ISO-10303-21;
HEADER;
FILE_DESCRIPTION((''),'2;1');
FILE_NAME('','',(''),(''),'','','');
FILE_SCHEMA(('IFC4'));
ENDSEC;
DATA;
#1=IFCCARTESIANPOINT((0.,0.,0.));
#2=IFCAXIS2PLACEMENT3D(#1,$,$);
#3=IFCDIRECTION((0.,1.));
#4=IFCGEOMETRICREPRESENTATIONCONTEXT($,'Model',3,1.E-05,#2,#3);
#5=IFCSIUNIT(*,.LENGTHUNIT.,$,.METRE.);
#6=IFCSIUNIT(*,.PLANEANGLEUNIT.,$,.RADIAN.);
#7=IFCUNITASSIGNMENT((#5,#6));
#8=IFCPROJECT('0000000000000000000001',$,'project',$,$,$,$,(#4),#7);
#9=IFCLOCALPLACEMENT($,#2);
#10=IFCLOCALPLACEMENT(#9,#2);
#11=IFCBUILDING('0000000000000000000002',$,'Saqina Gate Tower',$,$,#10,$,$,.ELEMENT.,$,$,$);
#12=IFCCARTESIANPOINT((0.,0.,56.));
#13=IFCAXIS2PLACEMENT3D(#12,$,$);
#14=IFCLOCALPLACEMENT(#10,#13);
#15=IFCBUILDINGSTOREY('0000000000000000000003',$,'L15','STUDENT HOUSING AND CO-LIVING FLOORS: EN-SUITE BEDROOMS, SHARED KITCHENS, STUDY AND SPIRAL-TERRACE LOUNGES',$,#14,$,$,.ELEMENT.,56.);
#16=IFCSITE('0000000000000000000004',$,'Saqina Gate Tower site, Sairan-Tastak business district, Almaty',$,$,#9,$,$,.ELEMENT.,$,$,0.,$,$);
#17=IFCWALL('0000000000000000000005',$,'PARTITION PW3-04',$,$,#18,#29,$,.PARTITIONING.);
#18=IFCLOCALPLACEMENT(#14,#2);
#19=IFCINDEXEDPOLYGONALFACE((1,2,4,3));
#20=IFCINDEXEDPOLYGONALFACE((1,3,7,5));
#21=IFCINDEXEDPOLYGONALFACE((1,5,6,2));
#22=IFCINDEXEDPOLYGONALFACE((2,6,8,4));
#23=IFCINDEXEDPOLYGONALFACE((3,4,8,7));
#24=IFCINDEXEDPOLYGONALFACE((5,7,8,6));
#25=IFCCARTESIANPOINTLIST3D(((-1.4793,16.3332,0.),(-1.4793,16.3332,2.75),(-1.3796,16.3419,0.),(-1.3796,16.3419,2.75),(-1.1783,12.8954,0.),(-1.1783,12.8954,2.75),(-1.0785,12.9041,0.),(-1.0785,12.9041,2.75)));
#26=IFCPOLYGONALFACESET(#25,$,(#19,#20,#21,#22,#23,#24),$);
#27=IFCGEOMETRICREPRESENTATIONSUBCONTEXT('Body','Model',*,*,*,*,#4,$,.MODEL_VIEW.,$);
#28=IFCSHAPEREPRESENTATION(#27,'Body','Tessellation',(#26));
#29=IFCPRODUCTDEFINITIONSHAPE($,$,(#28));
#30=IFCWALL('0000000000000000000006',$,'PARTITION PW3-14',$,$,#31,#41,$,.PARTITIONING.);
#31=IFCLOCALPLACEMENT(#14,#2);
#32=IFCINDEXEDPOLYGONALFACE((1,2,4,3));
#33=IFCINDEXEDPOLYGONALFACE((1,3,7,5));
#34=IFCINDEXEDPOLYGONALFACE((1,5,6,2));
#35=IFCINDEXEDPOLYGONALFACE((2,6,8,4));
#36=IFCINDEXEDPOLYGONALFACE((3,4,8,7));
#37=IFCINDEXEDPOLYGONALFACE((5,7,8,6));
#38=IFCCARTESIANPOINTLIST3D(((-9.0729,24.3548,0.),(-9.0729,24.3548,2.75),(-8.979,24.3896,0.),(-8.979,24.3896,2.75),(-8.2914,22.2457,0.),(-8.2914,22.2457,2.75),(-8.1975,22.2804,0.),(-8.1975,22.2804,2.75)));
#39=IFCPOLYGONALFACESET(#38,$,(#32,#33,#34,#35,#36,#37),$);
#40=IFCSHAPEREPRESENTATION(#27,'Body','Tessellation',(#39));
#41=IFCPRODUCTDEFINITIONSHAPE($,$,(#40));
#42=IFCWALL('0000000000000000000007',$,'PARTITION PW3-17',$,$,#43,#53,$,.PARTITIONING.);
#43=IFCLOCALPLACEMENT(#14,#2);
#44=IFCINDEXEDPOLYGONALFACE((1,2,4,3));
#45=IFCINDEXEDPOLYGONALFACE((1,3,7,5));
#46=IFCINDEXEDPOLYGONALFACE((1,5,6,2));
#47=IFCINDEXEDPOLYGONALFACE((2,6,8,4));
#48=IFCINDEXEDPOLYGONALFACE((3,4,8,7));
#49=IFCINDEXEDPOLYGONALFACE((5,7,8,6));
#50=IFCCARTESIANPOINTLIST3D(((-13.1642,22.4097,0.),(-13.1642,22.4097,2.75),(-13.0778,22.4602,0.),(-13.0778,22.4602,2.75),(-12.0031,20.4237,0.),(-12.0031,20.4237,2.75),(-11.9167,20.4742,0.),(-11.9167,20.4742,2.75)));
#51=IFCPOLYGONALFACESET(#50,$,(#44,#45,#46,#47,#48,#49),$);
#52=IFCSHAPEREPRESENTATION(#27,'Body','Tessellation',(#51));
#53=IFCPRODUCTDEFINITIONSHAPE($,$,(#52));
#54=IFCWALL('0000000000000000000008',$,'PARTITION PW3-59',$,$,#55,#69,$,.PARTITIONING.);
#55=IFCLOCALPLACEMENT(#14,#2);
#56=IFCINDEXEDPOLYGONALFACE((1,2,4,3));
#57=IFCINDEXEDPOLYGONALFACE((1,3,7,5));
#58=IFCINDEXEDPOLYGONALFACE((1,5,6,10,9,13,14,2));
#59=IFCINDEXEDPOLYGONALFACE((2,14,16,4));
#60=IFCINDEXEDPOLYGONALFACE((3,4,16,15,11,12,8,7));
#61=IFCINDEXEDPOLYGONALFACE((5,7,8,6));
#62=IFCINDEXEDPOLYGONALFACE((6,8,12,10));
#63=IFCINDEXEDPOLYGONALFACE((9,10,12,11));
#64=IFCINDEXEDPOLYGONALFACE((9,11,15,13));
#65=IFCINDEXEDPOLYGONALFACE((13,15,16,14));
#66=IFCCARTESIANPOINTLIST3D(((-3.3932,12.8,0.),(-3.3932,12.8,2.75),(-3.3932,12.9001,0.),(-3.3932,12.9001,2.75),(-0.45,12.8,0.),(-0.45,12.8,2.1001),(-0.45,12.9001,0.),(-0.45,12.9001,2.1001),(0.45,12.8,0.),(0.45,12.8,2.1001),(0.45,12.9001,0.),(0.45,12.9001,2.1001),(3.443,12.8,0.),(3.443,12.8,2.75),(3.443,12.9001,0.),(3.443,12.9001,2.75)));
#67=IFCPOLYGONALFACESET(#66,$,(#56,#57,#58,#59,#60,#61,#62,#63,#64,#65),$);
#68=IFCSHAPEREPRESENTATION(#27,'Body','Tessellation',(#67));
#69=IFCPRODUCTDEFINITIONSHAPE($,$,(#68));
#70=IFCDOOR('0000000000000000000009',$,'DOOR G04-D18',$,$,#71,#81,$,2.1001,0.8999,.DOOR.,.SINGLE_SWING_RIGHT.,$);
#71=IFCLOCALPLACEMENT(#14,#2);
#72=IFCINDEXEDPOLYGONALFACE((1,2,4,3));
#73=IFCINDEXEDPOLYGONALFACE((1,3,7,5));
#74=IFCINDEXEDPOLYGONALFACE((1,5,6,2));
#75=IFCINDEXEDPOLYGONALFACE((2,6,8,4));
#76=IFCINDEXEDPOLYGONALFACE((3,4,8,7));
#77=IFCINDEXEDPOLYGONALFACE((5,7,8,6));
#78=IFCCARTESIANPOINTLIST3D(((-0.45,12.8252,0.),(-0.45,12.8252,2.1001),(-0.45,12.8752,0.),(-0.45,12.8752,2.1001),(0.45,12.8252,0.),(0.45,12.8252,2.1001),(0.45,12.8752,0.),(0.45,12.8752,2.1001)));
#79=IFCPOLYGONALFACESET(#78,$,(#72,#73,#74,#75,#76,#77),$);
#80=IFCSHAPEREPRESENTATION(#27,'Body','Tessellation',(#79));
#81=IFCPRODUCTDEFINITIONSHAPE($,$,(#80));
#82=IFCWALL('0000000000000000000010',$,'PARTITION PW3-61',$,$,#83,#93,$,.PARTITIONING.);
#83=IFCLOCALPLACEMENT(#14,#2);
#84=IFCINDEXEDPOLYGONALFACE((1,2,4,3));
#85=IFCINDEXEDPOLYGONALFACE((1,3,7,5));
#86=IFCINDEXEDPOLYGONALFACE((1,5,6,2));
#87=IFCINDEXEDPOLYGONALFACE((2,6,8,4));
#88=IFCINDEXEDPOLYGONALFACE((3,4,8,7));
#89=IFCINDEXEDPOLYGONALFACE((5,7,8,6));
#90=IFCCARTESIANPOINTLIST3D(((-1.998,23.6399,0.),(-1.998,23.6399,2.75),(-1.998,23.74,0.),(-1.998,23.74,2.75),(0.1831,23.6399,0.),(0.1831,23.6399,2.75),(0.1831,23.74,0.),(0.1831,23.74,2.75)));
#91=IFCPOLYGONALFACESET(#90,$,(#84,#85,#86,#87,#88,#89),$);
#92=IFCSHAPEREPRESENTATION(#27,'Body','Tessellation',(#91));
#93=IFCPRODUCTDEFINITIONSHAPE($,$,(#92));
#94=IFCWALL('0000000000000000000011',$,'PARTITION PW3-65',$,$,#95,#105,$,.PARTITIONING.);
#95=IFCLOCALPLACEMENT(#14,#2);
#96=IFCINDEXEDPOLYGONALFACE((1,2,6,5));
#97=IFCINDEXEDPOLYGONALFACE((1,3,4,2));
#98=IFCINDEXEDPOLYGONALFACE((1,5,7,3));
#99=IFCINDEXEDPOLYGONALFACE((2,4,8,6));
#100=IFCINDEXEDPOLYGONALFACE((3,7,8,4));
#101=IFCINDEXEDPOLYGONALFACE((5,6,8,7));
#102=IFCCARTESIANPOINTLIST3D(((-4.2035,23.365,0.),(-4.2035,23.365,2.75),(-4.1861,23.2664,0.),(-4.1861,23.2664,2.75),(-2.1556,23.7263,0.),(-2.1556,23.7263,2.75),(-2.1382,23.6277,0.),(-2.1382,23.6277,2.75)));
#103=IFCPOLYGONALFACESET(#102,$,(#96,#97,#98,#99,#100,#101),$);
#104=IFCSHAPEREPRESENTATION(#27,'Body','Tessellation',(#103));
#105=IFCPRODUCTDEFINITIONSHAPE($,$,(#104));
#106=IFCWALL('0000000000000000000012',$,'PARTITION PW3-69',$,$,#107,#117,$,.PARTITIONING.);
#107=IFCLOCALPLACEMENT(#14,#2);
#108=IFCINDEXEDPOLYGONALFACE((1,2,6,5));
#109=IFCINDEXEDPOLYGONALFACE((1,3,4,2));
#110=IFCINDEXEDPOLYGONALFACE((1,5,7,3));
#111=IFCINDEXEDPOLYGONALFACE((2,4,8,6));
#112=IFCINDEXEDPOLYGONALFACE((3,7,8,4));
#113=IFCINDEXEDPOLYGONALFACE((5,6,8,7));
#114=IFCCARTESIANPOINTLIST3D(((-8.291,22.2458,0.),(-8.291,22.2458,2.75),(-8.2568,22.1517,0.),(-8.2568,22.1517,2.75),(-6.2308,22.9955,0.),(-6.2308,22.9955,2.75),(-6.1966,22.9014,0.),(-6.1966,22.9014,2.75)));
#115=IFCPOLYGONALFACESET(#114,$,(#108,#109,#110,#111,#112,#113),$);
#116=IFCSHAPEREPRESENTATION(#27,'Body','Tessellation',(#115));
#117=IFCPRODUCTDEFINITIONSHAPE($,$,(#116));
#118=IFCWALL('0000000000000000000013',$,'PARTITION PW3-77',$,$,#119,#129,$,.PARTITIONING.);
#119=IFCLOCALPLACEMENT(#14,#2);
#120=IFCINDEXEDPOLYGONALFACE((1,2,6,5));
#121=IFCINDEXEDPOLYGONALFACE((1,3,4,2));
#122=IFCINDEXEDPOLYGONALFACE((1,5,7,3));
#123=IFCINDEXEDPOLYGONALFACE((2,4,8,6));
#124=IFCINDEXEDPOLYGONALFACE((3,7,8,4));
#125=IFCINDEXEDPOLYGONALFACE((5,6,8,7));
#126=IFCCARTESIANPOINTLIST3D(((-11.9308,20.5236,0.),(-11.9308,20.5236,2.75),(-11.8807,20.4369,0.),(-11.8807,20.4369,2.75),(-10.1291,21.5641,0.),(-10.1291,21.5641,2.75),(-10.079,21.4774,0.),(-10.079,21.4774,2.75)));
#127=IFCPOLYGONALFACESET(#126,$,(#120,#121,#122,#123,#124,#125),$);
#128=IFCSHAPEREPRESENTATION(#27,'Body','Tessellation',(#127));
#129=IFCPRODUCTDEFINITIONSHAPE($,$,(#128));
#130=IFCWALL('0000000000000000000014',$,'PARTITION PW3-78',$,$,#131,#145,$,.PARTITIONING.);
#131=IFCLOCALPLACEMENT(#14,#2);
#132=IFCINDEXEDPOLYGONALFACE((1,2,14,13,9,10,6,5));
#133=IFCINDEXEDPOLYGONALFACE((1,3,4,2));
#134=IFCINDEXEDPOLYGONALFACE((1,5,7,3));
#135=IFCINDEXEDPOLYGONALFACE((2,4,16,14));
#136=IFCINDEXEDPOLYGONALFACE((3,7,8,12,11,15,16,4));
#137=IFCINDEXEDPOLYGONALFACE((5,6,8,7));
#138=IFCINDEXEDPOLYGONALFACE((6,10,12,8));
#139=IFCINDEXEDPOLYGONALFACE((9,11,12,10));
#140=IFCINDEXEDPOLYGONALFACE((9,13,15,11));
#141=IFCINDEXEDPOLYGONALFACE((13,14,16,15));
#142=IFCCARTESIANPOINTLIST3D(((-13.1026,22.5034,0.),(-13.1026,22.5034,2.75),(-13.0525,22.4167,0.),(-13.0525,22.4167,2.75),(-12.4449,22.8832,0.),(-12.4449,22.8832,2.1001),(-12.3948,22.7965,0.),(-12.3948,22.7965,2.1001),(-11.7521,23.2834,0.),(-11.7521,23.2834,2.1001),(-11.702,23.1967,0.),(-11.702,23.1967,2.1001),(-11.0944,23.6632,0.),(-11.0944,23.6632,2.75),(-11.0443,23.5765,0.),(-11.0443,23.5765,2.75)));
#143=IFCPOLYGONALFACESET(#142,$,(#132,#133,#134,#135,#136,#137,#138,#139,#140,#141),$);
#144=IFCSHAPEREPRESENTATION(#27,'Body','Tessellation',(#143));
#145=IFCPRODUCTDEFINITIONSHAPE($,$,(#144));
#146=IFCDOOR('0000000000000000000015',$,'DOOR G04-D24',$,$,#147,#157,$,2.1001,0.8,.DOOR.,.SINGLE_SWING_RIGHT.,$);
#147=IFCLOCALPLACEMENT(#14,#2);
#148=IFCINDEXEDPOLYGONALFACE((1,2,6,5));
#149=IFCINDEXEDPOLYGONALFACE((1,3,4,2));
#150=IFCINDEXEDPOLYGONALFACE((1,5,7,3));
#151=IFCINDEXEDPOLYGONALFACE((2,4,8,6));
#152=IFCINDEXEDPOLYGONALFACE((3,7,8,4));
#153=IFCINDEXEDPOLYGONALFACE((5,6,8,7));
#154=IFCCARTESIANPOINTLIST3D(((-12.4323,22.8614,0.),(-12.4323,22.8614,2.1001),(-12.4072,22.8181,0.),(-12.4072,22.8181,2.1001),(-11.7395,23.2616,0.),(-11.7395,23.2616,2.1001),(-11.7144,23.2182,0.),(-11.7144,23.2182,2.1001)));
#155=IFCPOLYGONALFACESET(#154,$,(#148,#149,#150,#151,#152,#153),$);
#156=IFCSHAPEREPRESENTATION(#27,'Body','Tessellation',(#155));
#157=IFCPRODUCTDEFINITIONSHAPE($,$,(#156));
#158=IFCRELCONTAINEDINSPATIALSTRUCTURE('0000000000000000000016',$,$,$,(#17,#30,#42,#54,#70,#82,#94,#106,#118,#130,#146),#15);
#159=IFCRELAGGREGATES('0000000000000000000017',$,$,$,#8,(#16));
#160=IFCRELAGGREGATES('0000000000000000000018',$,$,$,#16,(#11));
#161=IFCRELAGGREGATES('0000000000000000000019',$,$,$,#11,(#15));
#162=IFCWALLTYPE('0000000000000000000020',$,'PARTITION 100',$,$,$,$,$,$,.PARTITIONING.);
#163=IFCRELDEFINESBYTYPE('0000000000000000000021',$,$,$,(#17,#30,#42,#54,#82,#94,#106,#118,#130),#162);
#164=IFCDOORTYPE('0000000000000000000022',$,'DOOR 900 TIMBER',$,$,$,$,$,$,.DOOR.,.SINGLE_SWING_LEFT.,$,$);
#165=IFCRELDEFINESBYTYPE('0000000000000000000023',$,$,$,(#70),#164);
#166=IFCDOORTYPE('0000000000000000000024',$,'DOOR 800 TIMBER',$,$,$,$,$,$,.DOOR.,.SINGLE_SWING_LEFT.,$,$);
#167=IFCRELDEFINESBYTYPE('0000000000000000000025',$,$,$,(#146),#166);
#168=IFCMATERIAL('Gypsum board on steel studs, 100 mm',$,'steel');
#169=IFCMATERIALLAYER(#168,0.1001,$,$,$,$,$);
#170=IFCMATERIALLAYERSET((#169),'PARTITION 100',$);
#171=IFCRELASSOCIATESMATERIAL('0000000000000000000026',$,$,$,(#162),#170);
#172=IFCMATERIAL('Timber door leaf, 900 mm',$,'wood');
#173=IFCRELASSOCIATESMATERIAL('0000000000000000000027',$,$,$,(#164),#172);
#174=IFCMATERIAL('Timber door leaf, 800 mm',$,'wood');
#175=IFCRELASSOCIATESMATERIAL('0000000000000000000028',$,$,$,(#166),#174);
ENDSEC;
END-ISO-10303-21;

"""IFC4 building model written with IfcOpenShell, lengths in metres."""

from ifc_helpers import new_model, si_unit, direction, frame, frame_2d, origin, place, context, subcontext, project, spatial, rectangle, extrude, material, layer, layer_set, type_object, element, fill, save


model = new_model("IFC4")

# Units and contexts
model_context = context("Model", 3, precision=1e-05, world=origin(), true_north=direction((0.0, 1.0)))
body_context = subcontext(model_context, "Body", "Model", "MODEL_VIEW")
ifc_project = project(units=[si_unit("LENGTHUNIT", "METRE"), si_unit("PLANEANGLEUNIT", "RADIAN")], contexts=[model_context])

# Site, building, storey
site_placement = place(None, origin())
site = spatial("IfcSite", under=ifc_project, at=site_placement, Name="Saqina Gate Tower site, Sairan-Tastak business district, Almaty", CompositionType="ELEMENT", RefElevation=0.0)
building_placement = place(site_placement, origin())
building = spatial("IfcBuilding", under=site, at=building_placement, Name="Saqina Gate Tower", CompositionType="ELEMENT")
storey_placement = place(building_placement, frame((0.0, 0.0, 56.0)))
storey = spatial("IfcBuildingStorey", under=building, at=storey_placement, Name="L15", Description="STUDENT HOUSING AND CO-LIVING FLOORS: EN-SUITE BEDROOMS, SHARED KITCHENS, STUDY AND SPIRAL-TERRACE LOUNGES", CompositionType="ELEMENT", Elevation=56.0)

# Walls
ifc_material_1 = material(Name="Gypsum board on steel studs, 100 mm", Category="steel")
ifc_layer_1 = layer(ifc_material_1, 0.1001)
ifc_layer_set_1 = layer_set([ifc_layer_1], Name="PARTITION 100")
wall_type_1 = type_object("IfcWallType", Name="PARTITION 100", PredefinedType="PARTITIONING", material=ifc_layer_set_1)
wall_1_placement = place(storey_placement, frame((-1.4294, 16.3376, 0.0), z_axis=(0.0, 0.0, 1.0), x_axis=(0.087231, -0.996188, 0.0)))
element("IfcWall", 1, at=wall_1_placement, inside=storey, type_object=wall_type_1, Name="PARTITION PW3-04", PredefinedType="PARTITIONING", context=body_context, shape_type="SweptSolid", body=[
    extrude(rectangle(XDim=3.4509, YDim=0.1001, at=frame_2d((1.7256, 0.0))), origin(), (0.0, 0.0, 1.0), 2.75),
])
wall_2_placement = place(storey_placement, frame((-9.0259, 24.3721, 0.0), z_axis=(0.0, 0.0, 1.0), x_axis=(0.347445, -0.9377, 0.0)))
element("IfcWall", 2, at=wall_2_placement, inside=storey, type_object=wall_type_1, Name="PARTITION PW3-14", PredefinedType="PARTITIONING", context=body_context, shape_type="SweptSolid", body=[
    extrude(rectangle(XDim=2.2493, YDim=0.1001, at=frame_2d((1.1245, 0.0))), origin(), (0.0, 0.0, 1.0), 2.75),
])
wall_3_placement = place(storey_placement, frame((-13.1211, 22.4351, 0.0), z_axis=(0.0, 0.0, 1.0), x_axis=(0.504709, -0.86329, 0.0)))
element("IfcWall", 3, at=wall_3_placement, inside=storey, type_object=wall_type_1, Name="PARTITION PW3-17", PredefinedType="PARTITIONING", context=body_context, shape_type="SweptSolid", body=[
    extrude(rectangle(XDim=2.3005, YDim=0.1001, at=frame_2d((1.1504, 0.0))), origin(), (0.0, 0.0, 1.0), 2.75),
])

# Wall, opening, door
wall_4_placement = place(storey_placement, frame((-3.3931, 12.8501, 0.0), z_axis=(0.0, 0.0, 1.0), x_axis=(1.0, 0.0, 0.0)))
wall_4 = element("IfcWall", 4, at=wall_4_placement, inside=storey, type_object=wall_type_1, Name="PARTITION PW3-59", PredefinedType="PARTITIONING", context=body_context, shape_type="SweptSolid", body=[
    extrude(rectangle(XDim=6.8362, YDim=0.1001, at=frame_2d((3.418, 0.0))), origin(), (0.0, 0.0, 1.0), 2.75),
])
opening_1_placement = place(wall_4_placement, frame((2.9431, 0.0, 0.0)))
opening_1 = element("IfcOpeningElement", 5, at=opening_1_placement, cuts=wall_4, PredefinedType="OPENING", context=body_context, shape_type="SweptSolid", body=[
    extrude(rectangle(XDim=0.8999, YDim=2.1001, at=frame_2d((0.45, 1.05))), frame((0.0, 0.062, 0.0), z_axis=(0.0, -1.0, 0.0), x_axis=(1.0, 0.0, 0.0)), (0.0, 0.0, 1.0), 0.124),
])
ifc_material_2 = material(Name="Timber door leaf, 900 mm", Category="wood")
door_type_1 = type_object("IfcDoorType", Name="DOOR 900 TIMBER", OperationType="SINGLE_SWING_LEFT", PredefinedType="DOOR", material=ifc_material_2)
door_1_placement = place(opening_1_placement, frame((0.8999, 0.0, 0.0), z_axis=(0.0, 0.0, 1.0), x_axis=(-1.0, 0.0, 0.0)))
door_1 = element("IfcDoor", 6, at=door_1_placement, inside=storey, type_object=door_type_1, Name="DOOR G04-D18", OperationType="SINGLE_SWING_RIGHT", OverallHeight=2.1001, OverallWidth=0.8999, PredefinedType="DOOR", context=body_context, shape_type="SweptSolid", body=[
    extrude(rectangle(XDim=0.8999, YDim=2.1001, at=frame_2d((0.45, 1.05))), frame((0.0, 0.0249, 0.0), z_axis=(0.0, -1.0, 0.0), x_axis=(1.0, 0.0, 0.0)), (0.0, 0.0, 1.0), 0.05),
])
fill(opening_1, door_1)

# Walls
wall_5_placement = place(storey_placement, frame((-1.998, 23.6899, 0.0), z_axis=(0.0, 0.0, 1.0), x_axis=(1.0, 0.0, 0.0)))
element("IfcWall", 7, at=wall_5_placement, inside=storey, type_object=wall_type_1, Name="PARTITION PW3-61", PredefinedType="PARTITIONING", context=body_context, shape_type="SweptSolid", body=[
    extrude(rectangle(XDim=2.1812, YDim=0.1001, at=frame_2d((1.0906, 0.0))), origin(), (0.0, 0.0, 1.0), 2.75),
])
wall_6_placement = place(storey_placement, frame((-4.1948, 23.3157, 0.0), z_axis=(0.0, 0.0, 1.0), x_axis=(0.984788, 0.173759, 0.0)))
element("IfcWall", 8, at=wall_6_placement, inside=storey, type_object=wall_type_1, Name="PARTITION PW3-65", PredefinedType="PARTITIONING", context=body_context, shape_type="SweptSolid", body=[
    extrude(rectangle(XDim=2.0796, YDim=0.1001, at=frame_2d((1.0398, 0.0))), origin(), (0.0, 0.0, 1.0), 2.75),
])
wall_7_placement = place(storey_placement, frame((-8.2739, 22.1987, 0.0), z_axis=(0.0, 0.0, 1.0), x_axis=(0.939712, 0.341967, 0.0)))
element("IfcWall", 9, at=wall_7_placement, inside=storey, type_object=wall_type_1, Name="PARTITION PW3-69", PredefinedType="PARTITIONING", context=body_context, shape_type="SweptSolid", body=[
    extrude(rectangle(XDim=2.1924, YDim=0.1001, at=frame_2d((1.0962, 0.0))), origin(), (0.0, 0.0, 1.0), 2.75),
])
wall_8_placement = place(storey_placement, frame((-11.9058, 20.4802, 0.0), z_axis=(0.0, 0.0, 1.0), x_axis=(0.865967, 0.500102, 0.0)))
element("IfcWall", 10, at=wall_8_placement, inside=storey, type_object=wall_type_1, Name="PARTITION PW3-77", PredefinedType="PARTITIONING", context=body_context, shape_type="SweptSolid", body=[
    extrude(rectangle(XDim=2.0806, YDim=0.1001, at=frame_2d((1.0403, 0.0))), origin(), (0.0, 0.0, 1.0), 2.75),
])

# Wall, opening, door
wall_9_placement = place(storey_placement, frame((-13.0776, 22.46, 0.0), z_axis=(0.0, 0.0, 1.0), x_axis=(0.865947, 0.500136, 0.0)))
wall_9 = element("IfcWall", 11, at=wall_9_placement, inside=storey, type_object=wall_type_1, Name="PARTITION PW3-78", PredefinedType="PARTITIONING", context=body_context, shape_type="SweptSolid", body=[
    extrude(rectangle(XDim=2.3191, YDim=0.1001, at=frame_2d((1.1597, 0.0))), origin(), (0.0, 0.0, 1.0), 2.75),
])
opening_2_placement = place(wall_9_placement, frame((0.7598, 0.0, 0.0)))
opening_2 = element("IfcOpeningElement", 12, at=opening_2_placement, cuts=wall_9, PredefinedType="OPENING", context=body_context, shape_type="SweptSolid", body=[
    extrude(rectangle(XDim=0.8, YDim=2.1001, at=frame_2d((0.3999, 1.05))), frame((0.0, 0.062, 0.0), z_axis=(0.0, -1.0, 0.0), x_axis=(1.0, 0.0, 0.0)), (0.0, 0.0, 1.0), 0.124),
])
ifc_material_3 = material(Name="Timber door leaf, 800 mm", Category="wood")
door_type_2 = type_object("IfcDoorType", Name="DOOR 800 TIMBER", OperationType="SINGLE_SWING_LEFT", PredefinedType="DOOR", material=ifc_material_3)
door_2_placement = place(opening_2_placement, origin())
door_2 = element("IfcDoor", 13, at=door_2_placement, inside=storey, type_object=door_type_2, Name="DOOR G04-D24", OperationType="SINGLE_SWING_RIGHT", OverallHeight=2.1001, OverallWidth=0.8, PredefinedType="DOOR", context=body_context, shape_type="SweptSolid", body=[
    extrude(rectangle(XDim=0.8, YDim=2.1001, at=frame_2d((0.3999, 1.05))), frame((0.0, 0.0249, 0.0), z_axis=(0.0, -1.0, 0.0), x_axis=(1.0, 0.0, 0.0)), (0.0, 0.0, 1.0), 0.05),
])
fill(opening_2, door_2)

save(model, "model.ifc")
